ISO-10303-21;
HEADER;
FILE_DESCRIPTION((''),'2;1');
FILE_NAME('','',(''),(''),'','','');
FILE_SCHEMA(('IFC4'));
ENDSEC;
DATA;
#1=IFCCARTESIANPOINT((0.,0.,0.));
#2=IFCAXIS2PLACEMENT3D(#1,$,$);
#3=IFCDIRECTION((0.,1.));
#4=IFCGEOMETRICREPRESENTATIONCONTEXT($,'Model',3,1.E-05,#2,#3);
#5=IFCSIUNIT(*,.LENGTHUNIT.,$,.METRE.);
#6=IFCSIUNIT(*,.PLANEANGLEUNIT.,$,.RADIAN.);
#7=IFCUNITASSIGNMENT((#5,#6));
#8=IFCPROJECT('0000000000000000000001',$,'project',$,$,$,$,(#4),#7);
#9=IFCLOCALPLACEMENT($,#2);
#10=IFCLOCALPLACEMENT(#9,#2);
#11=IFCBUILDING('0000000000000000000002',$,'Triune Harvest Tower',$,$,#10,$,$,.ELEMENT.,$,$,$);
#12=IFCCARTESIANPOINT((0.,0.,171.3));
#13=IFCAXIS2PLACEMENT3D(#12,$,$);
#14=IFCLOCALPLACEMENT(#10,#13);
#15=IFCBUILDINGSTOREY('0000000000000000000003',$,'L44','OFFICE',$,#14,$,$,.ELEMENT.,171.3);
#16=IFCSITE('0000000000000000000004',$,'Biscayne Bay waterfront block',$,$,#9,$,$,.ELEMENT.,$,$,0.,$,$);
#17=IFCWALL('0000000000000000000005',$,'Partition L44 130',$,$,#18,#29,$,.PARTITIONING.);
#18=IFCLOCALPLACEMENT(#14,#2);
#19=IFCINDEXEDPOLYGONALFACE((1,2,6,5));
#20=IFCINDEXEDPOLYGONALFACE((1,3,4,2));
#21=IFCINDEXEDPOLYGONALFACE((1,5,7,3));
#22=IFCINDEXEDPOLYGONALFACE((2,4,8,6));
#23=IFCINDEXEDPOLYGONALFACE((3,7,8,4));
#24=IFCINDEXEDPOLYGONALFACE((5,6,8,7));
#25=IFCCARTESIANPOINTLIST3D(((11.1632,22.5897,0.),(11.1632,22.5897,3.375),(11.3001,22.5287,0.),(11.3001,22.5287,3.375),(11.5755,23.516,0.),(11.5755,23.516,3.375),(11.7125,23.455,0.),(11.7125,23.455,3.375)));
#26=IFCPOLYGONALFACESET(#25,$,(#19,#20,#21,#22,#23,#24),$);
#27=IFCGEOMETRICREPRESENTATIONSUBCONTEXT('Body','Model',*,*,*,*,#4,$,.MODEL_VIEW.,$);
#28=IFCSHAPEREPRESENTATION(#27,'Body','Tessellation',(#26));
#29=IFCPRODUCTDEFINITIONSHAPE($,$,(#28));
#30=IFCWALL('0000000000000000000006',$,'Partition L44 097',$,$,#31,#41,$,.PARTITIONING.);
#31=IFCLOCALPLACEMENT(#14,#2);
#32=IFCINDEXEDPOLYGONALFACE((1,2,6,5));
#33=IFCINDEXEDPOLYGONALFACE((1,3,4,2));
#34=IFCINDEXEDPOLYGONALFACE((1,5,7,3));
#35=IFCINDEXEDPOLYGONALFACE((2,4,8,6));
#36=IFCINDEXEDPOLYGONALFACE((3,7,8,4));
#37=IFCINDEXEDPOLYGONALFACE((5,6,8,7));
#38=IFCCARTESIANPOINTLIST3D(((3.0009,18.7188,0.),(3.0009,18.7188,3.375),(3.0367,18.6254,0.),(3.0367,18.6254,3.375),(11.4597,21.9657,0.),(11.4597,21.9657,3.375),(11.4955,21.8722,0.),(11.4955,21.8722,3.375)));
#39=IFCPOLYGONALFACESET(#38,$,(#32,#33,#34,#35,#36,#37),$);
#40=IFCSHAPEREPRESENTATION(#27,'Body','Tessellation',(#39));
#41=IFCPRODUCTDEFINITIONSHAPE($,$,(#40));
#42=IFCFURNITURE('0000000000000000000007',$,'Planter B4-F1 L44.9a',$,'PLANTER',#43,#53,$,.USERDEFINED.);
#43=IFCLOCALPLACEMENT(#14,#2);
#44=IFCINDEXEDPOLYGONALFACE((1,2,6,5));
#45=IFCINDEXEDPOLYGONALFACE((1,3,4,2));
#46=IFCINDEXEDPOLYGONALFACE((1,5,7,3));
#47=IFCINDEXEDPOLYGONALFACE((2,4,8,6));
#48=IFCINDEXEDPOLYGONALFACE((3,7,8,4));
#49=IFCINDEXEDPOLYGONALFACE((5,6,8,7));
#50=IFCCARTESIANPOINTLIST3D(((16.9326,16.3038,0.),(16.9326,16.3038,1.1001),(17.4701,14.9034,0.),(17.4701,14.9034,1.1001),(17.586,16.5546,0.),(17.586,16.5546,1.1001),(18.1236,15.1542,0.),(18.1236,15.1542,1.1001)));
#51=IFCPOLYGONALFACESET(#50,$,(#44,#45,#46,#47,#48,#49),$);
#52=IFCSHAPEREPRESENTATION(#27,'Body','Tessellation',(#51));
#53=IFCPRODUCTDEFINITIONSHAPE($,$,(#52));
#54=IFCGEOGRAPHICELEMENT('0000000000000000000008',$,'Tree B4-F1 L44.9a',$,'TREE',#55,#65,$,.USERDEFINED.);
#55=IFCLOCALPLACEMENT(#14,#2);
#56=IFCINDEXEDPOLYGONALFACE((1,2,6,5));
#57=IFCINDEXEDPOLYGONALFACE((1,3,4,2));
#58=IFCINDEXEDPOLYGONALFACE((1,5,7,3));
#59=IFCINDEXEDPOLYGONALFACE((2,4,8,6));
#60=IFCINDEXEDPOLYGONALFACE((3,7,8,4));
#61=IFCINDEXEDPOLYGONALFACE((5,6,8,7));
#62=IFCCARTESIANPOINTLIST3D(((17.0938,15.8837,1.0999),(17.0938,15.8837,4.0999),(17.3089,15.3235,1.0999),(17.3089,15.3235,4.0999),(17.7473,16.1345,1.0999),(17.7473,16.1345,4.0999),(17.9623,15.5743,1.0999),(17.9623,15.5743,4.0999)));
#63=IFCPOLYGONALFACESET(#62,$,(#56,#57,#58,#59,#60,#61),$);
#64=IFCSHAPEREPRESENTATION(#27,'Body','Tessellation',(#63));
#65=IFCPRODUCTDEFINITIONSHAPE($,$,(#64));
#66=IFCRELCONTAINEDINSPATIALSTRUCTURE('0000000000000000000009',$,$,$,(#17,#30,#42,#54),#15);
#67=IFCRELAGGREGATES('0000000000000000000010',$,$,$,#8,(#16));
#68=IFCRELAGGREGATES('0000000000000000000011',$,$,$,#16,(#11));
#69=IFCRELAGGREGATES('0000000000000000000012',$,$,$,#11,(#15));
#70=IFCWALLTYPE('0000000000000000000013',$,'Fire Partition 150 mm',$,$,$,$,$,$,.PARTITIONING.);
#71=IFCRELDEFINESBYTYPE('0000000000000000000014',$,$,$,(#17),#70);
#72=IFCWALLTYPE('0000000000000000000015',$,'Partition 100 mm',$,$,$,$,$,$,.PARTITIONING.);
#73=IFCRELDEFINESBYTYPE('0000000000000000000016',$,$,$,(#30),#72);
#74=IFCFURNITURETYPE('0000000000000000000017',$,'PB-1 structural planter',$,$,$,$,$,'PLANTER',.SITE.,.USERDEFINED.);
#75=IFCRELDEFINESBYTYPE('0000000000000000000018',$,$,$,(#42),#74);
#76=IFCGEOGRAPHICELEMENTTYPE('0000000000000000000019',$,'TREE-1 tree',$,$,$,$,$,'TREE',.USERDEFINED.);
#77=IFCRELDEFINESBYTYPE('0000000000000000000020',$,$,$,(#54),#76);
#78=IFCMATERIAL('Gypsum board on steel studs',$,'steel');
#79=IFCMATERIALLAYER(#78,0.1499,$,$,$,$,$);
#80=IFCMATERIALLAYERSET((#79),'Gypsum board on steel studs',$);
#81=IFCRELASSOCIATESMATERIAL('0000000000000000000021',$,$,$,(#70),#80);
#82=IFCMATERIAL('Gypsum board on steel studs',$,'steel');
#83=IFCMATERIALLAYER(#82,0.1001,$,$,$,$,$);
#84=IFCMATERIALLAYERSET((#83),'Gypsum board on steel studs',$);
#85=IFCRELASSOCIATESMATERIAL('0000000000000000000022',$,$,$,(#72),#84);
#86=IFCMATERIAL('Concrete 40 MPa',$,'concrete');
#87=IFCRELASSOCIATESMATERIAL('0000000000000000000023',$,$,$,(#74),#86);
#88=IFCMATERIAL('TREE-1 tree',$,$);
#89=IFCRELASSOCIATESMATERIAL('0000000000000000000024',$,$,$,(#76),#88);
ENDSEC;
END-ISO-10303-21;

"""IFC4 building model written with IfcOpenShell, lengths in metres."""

from ifc_helpers import new_model, si_unit, direction, frame, frame_2d, origin, origin_2d, place, context, subcontext, project, spatial, rectangle, extrude, source, transform, mapped, material, layer, layer_set, type_object, element, save


model = new_model("IFC4")

# Units and contexts
model_context = context("Model", 3, precision=1e-05, world=origin(), true_north=direction((0.0, 1.0)))
body_context = subcontext(model_context, "Body", "Model", "MODEL_VIEW")
ifc_project = project(units=[si_unit("LENGTHUNIT", "METRE"), si_unit("PLANEANGLEUNIT", "RADIAN")], contexts=[model_context])

# Site, building, storey
site_placement = place(None, origin())
site = spatial("IfcSite", under=ifc_project, at=site_placement, Name="Biscayne Bay waterfront block", CompositionType="ELEMENT", RefElevation=0.0)
building_placement = place(site_placement, origin())
building = spatial("IfcBuilding", under=site, at=building_placement, Name="Triune Harvest Tower", CompositionType="ELEMENT")
storey_placement = place(building_placement, frame((0.0, 0.0, 171.3)))
storey = spatial("IfcBuildingStorey", under=building, at=storey_placement, Name="L44", Description="OFFICE", CompositionType="ELEMENT", Elevation=171.3)

# Shared definitions
ifc_material_1 = material(Name="Gypsum board on steel studs", Category="steel")
ifc_layer_1 = layer(ifc_material_1, 0.1499)
ifc_layer_set_1 = layer_set([ifc_layer_1], Name="Gypsum board on steel studs")
wall_type_1 = type_object("IfcWallType", Name="Fire Partition 150 mm", PredefinedType="PARTITIONING", material=ifc_layer_set_1)

# Shared definitions
ifc_material_2 = material(Name="Gypsum board on steel studs", Category="steel")
ifc_layer_2 = layer(ifc_material_2, 0.1001)
ifc_layer_set_2 = layer_set([ifc_layer_2], Name="Gypsum board on steel studs")
wall_type_2 = type_object("IfcWallType", Name="Partition 100 mm", PredefinedType="PARTITIONING", material=ifc_layer_set_2)

# Walls
shared_shape_1 = source(origin(), body_context, "Body", "SweptSolid", [
    extrude(rectangle(XDim=1.0139, YDim=0.1499, at=frame_2d((0.5068, 0.0))), origin(), (0.0, 0.0, 1.0), 3.375),
])
wall_1_placement = place(storey_placement, frame((11.2317, 22.5593, 0.0), z_axis=(0.0, 0.0, 1.0), x_axis=(0.406697, 0.913563, 0.0)))
element("IfcWall", 1, at=wall_1_placement, inside=storey, type_object=wall_type_1, Name="Partition L44 130", PredefinedType="PARTITIONING", context=body_context, shape_type="MappedRepresentation", body=[
    mapped(shared_shape_1, transform((0.0, 0.0, 0.0), scale=1.0)),
])
shared_shape_2 = source(origin(), body_context, "Body", "SweptSolid", [
    extrude(rectangle(XDim=9.0605, YDim=0.1001, at=frame_2d((4.5303, 0.0))), origin(), (0.0, 0.0, 1.0), 3.375),
])
wall_2_placement = place(storey_placement, frame((3.0188, 18.6721, 0.0), z_axis=(0.0, 0.0, 1.0), x_axis=(0.933587, 0.358351, 0.0)))
element("IfcWall", 2, at=wall_2_placement, inside=storey, type_object=wall_type_2, Name="Partition L44 097", PredefinedType="PARTITIONING", context=body_context, shape_type="MappedRepresentation", body=[
    mapped(shared_shape_2, transform((0.0, 0.0, 0.0), scale=1.0)),
])

# Furniture
ifc_material_3 = material(Name="Concrete 40 MPa", Category="concrete")
furniture_type = type_object("IfcFurnitureType", Name="PB-1 structural planter", ElementType="PLANTER", AssemblyPlace="SITE", PredefinedType="USERDEFINED", material=ifc_material_3)
shared_shape_3 = source(origin(), body_context, "Body", "SweptSolid", [
    extrude(rectangle(XDim=1.5, YDim=0.7, at=origin_2d()), origin(), (0.0, 0.0, 1.0), 1.1001),
])
furniture_placement = place(storey_placement, frame((17.5281, 15.729, 0.0), z_axis=(0.0, 0.0, 1.0), x_axis=(-0.358369, 0.93358, 0.0)))
element("IfcFurniture", 3, at=furniture_placement, inside=storey, type_object=furniture_type, Name="Planter B4-F1 L44.9a", ObjectType="PLANTER", PredefinedType="USERDEFINED", context=body_context, shape_type="MappedRepresentation", body=[
    mapped(shared_shape_3, transform((0.0, 0.0, 0.0), scale=1.0)),
])

# Geographic element
ifc_material_4 = material(Name="TREE-1 tree")
geographic_element_type = type_object("IfcGeographicElementType", Name="TREE-1 tree", ElementType="TREE", PredefinedType="USERDEFINED", material=ifc_material_4)
shared_shape_4 = source(origin(), body_context, "Body", "SweptSolid", [
    extrude(rectangle(XDim=0.6001, YDim=0.7, at=origin_2d()), origin(), (0.0, 0.0, 1.0), 3.0),
])
geographic_element_placement = place(storey_placement, frame((17.5281, 15.729, 1.0999), z_axis=(0.0, 0.0, 1.0), x_axis=(-0.358369, 0.93358, 0.0)))
element("IfcGeographicElement", 4, at=geographic_element_placement, inside=storey, type_object=geographic_element_type, Name="Tree B4-F1 L44.9a", ObjectType="TREE", PredefinedType="USERDEFINED", context=body_context, shape_type="MappedRepresentation", body=[
    mapped(shared_shape_4, transform((0.0, 0.0, 0.0), scale=1.0)),
])

save(model, "model.ifc")
